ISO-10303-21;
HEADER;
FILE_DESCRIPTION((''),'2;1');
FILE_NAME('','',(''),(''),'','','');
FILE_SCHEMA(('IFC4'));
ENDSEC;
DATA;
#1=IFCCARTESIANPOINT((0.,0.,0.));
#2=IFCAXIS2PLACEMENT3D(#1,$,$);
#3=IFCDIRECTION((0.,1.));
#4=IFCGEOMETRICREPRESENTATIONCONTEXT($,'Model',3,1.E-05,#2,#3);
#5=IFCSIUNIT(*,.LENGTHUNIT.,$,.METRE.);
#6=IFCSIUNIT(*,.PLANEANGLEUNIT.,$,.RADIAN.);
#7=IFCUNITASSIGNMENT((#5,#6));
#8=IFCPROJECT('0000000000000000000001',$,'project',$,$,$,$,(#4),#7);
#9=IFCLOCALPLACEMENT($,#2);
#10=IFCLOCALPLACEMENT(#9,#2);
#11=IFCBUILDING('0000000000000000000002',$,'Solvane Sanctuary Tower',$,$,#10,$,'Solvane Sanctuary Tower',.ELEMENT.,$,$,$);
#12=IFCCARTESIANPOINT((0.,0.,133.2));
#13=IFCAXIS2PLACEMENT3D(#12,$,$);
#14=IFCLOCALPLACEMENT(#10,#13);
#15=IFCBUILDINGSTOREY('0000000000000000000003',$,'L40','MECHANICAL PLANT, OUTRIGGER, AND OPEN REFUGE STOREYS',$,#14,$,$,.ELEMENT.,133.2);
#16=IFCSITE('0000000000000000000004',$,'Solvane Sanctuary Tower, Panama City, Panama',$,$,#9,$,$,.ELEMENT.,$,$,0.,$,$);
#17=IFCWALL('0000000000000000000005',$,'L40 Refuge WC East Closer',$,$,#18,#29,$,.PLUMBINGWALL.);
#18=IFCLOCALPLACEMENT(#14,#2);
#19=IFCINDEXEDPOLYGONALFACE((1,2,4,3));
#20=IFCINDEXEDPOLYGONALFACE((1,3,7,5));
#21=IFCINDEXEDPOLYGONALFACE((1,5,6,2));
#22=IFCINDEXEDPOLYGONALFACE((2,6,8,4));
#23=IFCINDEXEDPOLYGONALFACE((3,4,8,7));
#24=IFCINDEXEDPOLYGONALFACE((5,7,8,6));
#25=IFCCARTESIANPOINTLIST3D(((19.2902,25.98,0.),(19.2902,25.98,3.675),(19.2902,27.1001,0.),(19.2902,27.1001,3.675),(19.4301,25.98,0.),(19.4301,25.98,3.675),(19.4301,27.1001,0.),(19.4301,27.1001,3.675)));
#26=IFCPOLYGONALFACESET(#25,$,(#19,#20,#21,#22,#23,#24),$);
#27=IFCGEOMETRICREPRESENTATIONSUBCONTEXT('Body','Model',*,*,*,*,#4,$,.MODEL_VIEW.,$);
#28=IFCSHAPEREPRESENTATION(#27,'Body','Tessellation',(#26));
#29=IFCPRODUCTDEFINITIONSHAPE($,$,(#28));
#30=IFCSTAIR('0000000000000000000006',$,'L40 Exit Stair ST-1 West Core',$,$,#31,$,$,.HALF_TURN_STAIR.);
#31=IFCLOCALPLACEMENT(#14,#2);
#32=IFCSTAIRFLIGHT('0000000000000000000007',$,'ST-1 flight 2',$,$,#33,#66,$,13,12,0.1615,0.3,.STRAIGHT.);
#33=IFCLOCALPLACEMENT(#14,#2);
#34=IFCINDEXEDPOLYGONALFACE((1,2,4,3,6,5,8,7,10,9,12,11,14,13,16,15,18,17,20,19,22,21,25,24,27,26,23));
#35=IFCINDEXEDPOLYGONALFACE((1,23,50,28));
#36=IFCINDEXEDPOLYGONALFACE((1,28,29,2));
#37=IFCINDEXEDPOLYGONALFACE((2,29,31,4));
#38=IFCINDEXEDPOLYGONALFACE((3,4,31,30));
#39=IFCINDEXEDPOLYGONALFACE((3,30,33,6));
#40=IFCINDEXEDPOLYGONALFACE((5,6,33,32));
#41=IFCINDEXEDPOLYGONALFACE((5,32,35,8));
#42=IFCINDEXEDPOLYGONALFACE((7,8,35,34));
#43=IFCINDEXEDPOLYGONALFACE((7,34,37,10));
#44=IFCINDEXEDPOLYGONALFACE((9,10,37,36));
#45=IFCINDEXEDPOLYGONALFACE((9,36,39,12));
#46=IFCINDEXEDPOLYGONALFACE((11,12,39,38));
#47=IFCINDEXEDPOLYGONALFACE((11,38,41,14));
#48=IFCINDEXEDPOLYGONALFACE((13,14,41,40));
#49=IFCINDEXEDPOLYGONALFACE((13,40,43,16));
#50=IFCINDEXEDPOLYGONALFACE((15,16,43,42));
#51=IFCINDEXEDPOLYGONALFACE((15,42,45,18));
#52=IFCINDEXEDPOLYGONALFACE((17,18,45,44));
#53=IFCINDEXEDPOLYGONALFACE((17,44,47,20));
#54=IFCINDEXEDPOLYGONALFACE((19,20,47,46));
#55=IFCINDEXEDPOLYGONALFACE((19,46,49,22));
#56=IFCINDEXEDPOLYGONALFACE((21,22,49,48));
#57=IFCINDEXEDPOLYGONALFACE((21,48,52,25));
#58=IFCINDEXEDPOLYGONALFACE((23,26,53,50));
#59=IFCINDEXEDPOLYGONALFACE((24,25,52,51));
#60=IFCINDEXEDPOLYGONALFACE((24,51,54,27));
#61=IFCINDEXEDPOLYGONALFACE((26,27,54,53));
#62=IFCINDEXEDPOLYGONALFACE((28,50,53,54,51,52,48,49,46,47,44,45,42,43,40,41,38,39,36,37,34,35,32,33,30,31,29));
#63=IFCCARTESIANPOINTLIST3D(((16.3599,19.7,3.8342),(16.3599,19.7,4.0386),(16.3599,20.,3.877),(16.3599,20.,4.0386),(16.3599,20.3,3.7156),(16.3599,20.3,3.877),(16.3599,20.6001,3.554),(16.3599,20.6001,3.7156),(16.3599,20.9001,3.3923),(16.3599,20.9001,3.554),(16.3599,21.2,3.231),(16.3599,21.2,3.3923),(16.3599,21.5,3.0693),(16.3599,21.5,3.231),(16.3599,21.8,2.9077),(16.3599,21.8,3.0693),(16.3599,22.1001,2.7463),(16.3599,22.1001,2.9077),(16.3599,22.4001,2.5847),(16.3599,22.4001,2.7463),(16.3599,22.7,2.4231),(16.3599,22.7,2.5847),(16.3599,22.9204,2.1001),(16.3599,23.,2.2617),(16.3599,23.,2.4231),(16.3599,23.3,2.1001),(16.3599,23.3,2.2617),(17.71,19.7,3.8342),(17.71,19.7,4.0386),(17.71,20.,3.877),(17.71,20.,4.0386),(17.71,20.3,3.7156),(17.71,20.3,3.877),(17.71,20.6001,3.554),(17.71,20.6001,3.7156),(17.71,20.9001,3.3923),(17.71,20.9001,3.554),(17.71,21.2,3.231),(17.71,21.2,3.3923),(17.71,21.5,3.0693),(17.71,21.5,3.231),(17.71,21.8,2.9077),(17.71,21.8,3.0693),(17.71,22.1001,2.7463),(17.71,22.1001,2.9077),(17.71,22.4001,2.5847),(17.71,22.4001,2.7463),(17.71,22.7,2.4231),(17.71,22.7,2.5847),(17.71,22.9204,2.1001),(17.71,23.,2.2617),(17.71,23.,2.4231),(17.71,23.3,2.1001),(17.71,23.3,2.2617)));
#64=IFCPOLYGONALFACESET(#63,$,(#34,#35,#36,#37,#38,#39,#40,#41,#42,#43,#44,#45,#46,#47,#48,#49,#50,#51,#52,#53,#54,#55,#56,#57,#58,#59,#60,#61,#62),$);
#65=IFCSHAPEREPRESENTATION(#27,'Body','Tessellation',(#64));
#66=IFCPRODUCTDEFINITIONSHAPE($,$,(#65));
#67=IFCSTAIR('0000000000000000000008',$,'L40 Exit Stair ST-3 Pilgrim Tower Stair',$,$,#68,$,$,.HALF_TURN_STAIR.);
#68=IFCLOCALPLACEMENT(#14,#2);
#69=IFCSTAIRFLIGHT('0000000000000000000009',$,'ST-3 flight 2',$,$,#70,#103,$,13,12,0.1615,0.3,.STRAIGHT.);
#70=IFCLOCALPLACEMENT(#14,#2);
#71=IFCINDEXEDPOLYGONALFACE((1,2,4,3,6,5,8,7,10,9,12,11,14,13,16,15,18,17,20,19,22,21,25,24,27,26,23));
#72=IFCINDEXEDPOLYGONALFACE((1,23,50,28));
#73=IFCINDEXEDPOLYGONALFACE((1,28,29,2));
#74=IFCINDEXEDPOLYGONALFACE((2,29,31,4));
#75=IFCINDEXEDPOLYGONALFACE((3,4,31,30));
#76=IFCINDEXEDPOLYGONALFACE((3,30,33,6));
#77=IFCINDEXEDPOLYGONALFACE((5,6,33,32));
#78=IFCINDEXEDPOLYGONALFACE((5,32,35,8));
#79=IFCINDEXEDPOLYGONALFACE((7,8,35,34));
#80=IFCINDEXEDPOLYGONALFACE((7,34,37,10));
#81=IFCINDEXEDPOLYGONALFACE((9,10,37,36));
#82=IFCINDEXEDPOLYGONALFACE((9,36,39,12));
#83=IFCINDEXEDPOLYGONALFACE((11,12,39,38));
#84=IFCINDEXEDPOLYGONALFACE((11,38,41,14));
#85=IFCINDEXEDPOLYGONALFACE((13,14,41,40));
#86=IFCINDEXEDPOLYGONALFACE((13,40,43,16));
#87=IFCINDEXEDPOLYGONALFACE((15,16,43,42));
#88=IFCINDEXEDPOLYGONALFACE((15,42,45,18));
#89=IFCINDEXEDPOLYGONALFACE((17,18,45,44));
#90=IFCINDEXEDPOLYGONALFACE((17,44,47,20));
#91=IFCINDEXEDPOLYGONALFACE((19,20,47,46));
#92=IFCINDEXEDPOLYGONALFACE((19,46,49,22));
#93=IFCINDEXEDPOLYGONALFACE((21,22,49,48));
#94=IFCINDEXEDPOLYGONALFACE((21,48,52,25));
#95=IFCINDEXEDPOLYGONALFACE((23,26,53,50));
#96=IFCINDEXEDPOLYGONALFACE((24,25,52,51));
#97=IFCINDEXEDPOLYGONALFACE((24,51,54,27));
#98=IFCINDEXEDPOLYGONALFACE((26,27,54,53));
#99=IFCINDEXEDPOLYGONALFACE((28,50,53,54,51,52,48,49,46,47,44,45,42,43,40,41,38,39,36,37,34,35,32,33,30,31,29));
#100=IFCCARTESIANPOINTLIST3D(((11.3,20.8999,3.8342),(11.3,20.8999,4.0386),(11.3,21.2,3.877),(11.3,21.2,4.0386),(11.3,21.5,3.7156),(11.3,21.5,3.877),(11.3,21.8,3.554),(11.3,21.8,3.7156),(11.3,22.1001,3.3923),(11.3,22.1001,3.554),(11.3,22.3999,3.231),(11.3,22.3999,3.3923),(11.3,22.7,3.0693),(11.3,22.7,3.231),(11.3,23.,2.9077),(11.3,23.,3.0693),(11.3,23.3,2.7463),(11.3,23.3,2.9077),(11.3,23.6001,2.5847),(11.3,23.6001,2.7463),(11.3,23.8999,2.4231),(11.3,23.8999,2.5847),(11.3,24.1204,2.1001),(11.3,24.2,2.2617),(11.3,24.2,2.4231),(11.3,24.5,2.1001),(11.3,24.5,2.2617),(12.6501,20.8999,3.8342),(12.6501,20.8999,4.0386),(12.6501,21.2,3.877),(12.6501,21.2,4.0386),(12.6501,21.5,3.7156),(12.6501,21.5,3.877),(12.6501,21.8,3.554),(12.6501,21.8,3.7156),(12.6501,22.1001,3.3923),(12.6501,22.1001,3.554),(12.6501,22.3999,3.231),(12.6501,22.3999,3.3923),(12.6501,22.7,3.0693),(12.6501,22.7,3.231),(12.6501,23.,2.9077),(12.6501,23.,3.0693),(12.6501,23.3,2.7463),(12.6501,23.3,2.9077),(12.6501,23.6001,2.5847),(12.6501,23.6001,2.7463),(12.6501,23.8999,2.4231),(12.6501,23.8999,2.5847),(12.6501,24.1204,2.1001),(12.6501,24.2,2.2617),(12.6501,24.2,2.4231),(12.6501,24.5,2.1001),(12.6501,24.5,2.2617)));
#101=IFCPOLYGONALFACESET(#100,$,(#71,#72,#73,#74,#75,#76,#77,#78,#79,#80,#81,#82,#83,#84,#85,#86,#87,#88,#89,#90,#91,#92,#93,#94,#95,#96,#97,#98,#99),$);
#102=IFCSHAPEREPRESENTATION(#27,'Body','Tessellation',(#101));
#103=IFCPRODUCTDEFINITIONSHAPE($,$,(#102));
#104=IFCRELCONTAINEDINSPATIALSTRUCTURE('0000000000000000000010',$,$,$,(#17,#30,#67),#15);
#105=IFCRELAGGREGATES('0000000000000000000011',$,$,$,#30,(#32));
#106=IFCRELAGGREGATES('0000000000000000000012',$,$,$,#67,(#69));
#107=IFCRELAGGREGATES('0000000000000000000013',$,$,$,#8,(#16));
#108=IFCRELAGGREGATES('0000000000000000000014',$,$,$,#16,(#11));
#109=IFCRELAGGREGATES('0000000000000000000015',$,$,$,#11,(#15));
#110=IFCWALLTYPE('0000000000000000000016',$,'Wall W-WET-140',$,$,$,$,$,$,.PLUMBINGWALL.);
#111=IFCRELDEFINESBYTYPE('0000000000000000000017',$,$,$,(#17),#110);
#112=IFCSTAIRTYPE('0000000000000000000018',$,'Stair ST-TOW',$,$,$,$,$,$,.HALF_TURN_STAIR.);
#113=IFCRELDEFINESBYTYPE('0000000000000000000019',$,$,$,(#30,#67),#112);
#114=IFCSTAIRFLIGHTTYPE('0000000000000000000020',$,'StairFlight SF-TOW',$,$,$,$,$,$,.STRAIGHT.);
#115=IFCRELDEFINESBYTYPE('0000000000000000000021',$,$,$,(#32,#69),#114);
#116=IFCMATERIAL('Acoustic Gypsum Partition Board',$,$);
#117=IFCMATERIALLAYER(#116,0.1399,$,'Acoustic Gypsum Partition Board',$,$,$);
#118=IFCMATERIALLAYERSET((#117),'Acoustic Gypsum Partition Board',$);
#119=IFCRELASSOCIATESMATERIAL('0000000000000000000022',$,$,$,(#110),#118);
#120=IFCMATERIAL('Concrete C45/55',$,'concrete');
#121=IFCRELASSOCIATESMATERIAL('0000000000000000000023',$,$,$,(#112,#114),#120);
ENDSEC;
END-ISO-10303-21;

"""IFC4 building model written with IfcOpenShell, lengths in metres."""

from ifc_helpers import new_model, si_unit, direction, frame, frame_2d, origin, place, context, subcontext, project, spatial, polyline, rectangle, outline, extrude, material, layer, layer_set, type_object, element, aggregate, save


model = new_model("IFC4")

# Units and contexts
model_context = context("Model", 3, precision=1e-05, world=origin(), true_north=direction((0.0, 1.0)))
body_context = subcontext(model_context, "Body", "Model", "MODEL_VIEW")
ifc_project = project(units=[si_unit("LENGTHUNIT", "METRE"), si_unit("PLANEANGLEUNIT", "RADIAN")], contexts=[model_context])

# Site, building, storey
site_placement = place(None, origin())
site = spatial("IfcSite", under=ifc_project, at=site_placement, Name="Solvane Sanctuary Tower, Panama City, Panama", CompositionType="ELEMENT", RefElevation=0.0)
building_placement = place(site_placement, origin())
building = spatial("IfcBuilding", under=site, at=building_placement, Name="Solvane Sanctuary Tower", LongName="Solvane Sanctuary Tower", CompositionType="ELEMENT")
storey_placement = place(building_placement, frame((0.0, 0.0, 133.2)))
storey = spatial("IfcBuildingStorey", under=building, at=storey_placement, Name="L40", Description="MECHANICAL PLANT, OUTRIGGER, AND OPEN REFUGE STOREYS", CompositionType="ELEMENT", Elevation=133.2)

# Shared definitions
ifc_material_1 = material(Name="Acoustic Gypsum Partition Board")

# Shared definitions
ifc_layer_1 = layer(ifc_material_1, 0.1399, Name="Acoustic Gypsum Partition Board")
ifc_layer_set_1 = layer_set([ifc_layer_1], Name="Acoustic Gypsum Partition Board")
wall_type_1 = type_object("IfcWallType", Name="Wall W-WET-140", PredefinedType="PLUMBINGWALL", material=ifc_layer_set_1)

# Wall
wall_1_placement = place(storey_placement, frame((19.3601, 25.98, 0.0), z_axis=(0.0, 0.0, 1.0), x_axis=(0.0, 1.0, 0.0)))
element("IfcWall", 1, at=wall_1_placement, inside=storey, type_object=wall_type_1, Name="L40 Refuge WC East Closer", PredefinedType="PLUMBINGWALL", context=body_context, shape_type="SweptSolid", body=[
    extrude(rectangle(XDim=1.1201, YDim=0.1399, at=frame_2d((0.5601, 0.0))), origin(), (0.0, 0.0, 1.0), 3.675),
])

# Stairs, stair flights
ifc_material_2 = material(Name="Concrete C45/55", Category="concrete")
stair_type = type_object("IfcStairType", Name="Stair ST-TOW", PredefinedType="HALF_TURN_STAIR", material=ifc_material_2)
stair_1_placement = place(storey_placement, origin())
stair_1 = element("IfcStair", 2, at=stair_1_placement, inside=storey, type_object=stair_type, Name="L40 Exit Stair ST-1 West Core", PredefinedType="HALF_TURN_STAIR")
stair_flight_type = type_object("IfcStairFlightType", Name="StairFlight SF-TOW", PredefinedType="STRAIGHT", material=ifc_material_2)
stair_flight_1_placement = place(storey_placement, frame((17.0349, 23.3, 2.1001), z_axis=(0.0, 0.0, 1.0), x_axis=(0.0, -1.0, 0.0)))
stair_flight_1 = element("IfcStairFlight", 3, at=stair_flight_1_placement, type_object=stair_flight_type, Name="ST-1 flight 2", NumberOfRisers=13, NumberOfTreads=12, PredefinedType="STRAIGHT", RiserHeight=0.1615, TreadLength=0.3, context=body_context, shape_type="SweptSolid", body=[
    extrude(outline(polyline([(0.0, 0.0), (0.0, 0.1616), (0.3, 0.1616), (0.3, 0.323), (0.6001, 0.323), (0.6001, 0.4846), (0.8999, 0.4846), (0.8999, 0.6462), (1.2, 0.6462), (1.2, 0.8076), (1.5, 0.8076), (1.5, 0.9692), (1.8, 0.9692), (1.8, 1.1309), (2.1001, 1.1309), (2.1001, 1.2922), (2.3999, 1.2922), (2.3999, 1.4539), (2.7, 1.4539), (2.7, 1.6155), (3.0, 1.6155), (3.0, 1.7769), (3.3, 1.7769), (3.3, 1.9385), (3.6001, 1.9385), (3.6001, 2.1001), (3.6001, 1.7341), (0.3796, 0.0), (0.0, 0.0)])), frame((0.0, 0.675, 0.0), z_axis=(0.0, -1.0, 0.0), x_axis=(1.0, 0.0, 0.0)), (0.0, 0.0, 1.0), 1.3501),
])
aggregate(stair_1, [stair_flight_1])
stair_2_placement = place(storey_placement, origin())
stair_2 = element("IfcStair", 4, at=stair_2_placement, inside=storey, type_object=stair_type, Name="L40 Exit Stair ST-3 Pilgrim Tower Stair", PredefinedType="HALF_TURN_STAIR")
stair_flight_2_placement = place(storey_placement, frame((11.9751, 24.5, 2.1001), z_axis=(0.0, 0.0, 1.0), x_axis=(0.0, -1.0, 0.0)))
stair_flight_2 = element("IfcStairFlight", 5, at=stair_flight_2_placement, type_object=stair_flight_type, Name="ST-3 flight 2", NumberOfRisers=13, NumberOfTreads=12, PredefinedType="STRAIGHT", RiserHeight=0.1615, TreadLength=0.3, context=body_context, shape_type="SweptSolid", body=[
    extrude(outline(polyline([(0.0, 0.0), (0.0, 0.1616), (0.3, 0.1616), (0.3, 0.323), (0.6001, 0.323), (0.6001, 0.4846), (0.8999, 0.4846), (0.8999, 0.6462), (1.2, 0.6462), (1.2, 0.8076), (1.5, 0.8076), (1.5, 0.9692), (1.8, 0.9692), (1.8, 1.1309), (2.1001, 1.1309), (2.1001, 1.2922), (2.3999, 1.2922), (2.3999, 1.4539), (2.7, 1.4539), (2.7, 1.6155), (3.0, 1.6155), (3.0, 1.7769), (3.3, 1.7769), (3.3, 1.9385), (3.6001, 1.9385), (3.6001, 2.1001), (3.6001, 1.7341), (0.3796, 0.0), (0.0, 0.0)])), frame((0.0, 0.675, 0.0), z_axis=(0.0, -1.0, 0.0), x_axis=(1.0, 0.0, 0.0)), (0.0, 0.0, 1.0), 1.3501),
])
aggregate(stair_2, [stair_flight_2])

save(model, "model.ifc")
